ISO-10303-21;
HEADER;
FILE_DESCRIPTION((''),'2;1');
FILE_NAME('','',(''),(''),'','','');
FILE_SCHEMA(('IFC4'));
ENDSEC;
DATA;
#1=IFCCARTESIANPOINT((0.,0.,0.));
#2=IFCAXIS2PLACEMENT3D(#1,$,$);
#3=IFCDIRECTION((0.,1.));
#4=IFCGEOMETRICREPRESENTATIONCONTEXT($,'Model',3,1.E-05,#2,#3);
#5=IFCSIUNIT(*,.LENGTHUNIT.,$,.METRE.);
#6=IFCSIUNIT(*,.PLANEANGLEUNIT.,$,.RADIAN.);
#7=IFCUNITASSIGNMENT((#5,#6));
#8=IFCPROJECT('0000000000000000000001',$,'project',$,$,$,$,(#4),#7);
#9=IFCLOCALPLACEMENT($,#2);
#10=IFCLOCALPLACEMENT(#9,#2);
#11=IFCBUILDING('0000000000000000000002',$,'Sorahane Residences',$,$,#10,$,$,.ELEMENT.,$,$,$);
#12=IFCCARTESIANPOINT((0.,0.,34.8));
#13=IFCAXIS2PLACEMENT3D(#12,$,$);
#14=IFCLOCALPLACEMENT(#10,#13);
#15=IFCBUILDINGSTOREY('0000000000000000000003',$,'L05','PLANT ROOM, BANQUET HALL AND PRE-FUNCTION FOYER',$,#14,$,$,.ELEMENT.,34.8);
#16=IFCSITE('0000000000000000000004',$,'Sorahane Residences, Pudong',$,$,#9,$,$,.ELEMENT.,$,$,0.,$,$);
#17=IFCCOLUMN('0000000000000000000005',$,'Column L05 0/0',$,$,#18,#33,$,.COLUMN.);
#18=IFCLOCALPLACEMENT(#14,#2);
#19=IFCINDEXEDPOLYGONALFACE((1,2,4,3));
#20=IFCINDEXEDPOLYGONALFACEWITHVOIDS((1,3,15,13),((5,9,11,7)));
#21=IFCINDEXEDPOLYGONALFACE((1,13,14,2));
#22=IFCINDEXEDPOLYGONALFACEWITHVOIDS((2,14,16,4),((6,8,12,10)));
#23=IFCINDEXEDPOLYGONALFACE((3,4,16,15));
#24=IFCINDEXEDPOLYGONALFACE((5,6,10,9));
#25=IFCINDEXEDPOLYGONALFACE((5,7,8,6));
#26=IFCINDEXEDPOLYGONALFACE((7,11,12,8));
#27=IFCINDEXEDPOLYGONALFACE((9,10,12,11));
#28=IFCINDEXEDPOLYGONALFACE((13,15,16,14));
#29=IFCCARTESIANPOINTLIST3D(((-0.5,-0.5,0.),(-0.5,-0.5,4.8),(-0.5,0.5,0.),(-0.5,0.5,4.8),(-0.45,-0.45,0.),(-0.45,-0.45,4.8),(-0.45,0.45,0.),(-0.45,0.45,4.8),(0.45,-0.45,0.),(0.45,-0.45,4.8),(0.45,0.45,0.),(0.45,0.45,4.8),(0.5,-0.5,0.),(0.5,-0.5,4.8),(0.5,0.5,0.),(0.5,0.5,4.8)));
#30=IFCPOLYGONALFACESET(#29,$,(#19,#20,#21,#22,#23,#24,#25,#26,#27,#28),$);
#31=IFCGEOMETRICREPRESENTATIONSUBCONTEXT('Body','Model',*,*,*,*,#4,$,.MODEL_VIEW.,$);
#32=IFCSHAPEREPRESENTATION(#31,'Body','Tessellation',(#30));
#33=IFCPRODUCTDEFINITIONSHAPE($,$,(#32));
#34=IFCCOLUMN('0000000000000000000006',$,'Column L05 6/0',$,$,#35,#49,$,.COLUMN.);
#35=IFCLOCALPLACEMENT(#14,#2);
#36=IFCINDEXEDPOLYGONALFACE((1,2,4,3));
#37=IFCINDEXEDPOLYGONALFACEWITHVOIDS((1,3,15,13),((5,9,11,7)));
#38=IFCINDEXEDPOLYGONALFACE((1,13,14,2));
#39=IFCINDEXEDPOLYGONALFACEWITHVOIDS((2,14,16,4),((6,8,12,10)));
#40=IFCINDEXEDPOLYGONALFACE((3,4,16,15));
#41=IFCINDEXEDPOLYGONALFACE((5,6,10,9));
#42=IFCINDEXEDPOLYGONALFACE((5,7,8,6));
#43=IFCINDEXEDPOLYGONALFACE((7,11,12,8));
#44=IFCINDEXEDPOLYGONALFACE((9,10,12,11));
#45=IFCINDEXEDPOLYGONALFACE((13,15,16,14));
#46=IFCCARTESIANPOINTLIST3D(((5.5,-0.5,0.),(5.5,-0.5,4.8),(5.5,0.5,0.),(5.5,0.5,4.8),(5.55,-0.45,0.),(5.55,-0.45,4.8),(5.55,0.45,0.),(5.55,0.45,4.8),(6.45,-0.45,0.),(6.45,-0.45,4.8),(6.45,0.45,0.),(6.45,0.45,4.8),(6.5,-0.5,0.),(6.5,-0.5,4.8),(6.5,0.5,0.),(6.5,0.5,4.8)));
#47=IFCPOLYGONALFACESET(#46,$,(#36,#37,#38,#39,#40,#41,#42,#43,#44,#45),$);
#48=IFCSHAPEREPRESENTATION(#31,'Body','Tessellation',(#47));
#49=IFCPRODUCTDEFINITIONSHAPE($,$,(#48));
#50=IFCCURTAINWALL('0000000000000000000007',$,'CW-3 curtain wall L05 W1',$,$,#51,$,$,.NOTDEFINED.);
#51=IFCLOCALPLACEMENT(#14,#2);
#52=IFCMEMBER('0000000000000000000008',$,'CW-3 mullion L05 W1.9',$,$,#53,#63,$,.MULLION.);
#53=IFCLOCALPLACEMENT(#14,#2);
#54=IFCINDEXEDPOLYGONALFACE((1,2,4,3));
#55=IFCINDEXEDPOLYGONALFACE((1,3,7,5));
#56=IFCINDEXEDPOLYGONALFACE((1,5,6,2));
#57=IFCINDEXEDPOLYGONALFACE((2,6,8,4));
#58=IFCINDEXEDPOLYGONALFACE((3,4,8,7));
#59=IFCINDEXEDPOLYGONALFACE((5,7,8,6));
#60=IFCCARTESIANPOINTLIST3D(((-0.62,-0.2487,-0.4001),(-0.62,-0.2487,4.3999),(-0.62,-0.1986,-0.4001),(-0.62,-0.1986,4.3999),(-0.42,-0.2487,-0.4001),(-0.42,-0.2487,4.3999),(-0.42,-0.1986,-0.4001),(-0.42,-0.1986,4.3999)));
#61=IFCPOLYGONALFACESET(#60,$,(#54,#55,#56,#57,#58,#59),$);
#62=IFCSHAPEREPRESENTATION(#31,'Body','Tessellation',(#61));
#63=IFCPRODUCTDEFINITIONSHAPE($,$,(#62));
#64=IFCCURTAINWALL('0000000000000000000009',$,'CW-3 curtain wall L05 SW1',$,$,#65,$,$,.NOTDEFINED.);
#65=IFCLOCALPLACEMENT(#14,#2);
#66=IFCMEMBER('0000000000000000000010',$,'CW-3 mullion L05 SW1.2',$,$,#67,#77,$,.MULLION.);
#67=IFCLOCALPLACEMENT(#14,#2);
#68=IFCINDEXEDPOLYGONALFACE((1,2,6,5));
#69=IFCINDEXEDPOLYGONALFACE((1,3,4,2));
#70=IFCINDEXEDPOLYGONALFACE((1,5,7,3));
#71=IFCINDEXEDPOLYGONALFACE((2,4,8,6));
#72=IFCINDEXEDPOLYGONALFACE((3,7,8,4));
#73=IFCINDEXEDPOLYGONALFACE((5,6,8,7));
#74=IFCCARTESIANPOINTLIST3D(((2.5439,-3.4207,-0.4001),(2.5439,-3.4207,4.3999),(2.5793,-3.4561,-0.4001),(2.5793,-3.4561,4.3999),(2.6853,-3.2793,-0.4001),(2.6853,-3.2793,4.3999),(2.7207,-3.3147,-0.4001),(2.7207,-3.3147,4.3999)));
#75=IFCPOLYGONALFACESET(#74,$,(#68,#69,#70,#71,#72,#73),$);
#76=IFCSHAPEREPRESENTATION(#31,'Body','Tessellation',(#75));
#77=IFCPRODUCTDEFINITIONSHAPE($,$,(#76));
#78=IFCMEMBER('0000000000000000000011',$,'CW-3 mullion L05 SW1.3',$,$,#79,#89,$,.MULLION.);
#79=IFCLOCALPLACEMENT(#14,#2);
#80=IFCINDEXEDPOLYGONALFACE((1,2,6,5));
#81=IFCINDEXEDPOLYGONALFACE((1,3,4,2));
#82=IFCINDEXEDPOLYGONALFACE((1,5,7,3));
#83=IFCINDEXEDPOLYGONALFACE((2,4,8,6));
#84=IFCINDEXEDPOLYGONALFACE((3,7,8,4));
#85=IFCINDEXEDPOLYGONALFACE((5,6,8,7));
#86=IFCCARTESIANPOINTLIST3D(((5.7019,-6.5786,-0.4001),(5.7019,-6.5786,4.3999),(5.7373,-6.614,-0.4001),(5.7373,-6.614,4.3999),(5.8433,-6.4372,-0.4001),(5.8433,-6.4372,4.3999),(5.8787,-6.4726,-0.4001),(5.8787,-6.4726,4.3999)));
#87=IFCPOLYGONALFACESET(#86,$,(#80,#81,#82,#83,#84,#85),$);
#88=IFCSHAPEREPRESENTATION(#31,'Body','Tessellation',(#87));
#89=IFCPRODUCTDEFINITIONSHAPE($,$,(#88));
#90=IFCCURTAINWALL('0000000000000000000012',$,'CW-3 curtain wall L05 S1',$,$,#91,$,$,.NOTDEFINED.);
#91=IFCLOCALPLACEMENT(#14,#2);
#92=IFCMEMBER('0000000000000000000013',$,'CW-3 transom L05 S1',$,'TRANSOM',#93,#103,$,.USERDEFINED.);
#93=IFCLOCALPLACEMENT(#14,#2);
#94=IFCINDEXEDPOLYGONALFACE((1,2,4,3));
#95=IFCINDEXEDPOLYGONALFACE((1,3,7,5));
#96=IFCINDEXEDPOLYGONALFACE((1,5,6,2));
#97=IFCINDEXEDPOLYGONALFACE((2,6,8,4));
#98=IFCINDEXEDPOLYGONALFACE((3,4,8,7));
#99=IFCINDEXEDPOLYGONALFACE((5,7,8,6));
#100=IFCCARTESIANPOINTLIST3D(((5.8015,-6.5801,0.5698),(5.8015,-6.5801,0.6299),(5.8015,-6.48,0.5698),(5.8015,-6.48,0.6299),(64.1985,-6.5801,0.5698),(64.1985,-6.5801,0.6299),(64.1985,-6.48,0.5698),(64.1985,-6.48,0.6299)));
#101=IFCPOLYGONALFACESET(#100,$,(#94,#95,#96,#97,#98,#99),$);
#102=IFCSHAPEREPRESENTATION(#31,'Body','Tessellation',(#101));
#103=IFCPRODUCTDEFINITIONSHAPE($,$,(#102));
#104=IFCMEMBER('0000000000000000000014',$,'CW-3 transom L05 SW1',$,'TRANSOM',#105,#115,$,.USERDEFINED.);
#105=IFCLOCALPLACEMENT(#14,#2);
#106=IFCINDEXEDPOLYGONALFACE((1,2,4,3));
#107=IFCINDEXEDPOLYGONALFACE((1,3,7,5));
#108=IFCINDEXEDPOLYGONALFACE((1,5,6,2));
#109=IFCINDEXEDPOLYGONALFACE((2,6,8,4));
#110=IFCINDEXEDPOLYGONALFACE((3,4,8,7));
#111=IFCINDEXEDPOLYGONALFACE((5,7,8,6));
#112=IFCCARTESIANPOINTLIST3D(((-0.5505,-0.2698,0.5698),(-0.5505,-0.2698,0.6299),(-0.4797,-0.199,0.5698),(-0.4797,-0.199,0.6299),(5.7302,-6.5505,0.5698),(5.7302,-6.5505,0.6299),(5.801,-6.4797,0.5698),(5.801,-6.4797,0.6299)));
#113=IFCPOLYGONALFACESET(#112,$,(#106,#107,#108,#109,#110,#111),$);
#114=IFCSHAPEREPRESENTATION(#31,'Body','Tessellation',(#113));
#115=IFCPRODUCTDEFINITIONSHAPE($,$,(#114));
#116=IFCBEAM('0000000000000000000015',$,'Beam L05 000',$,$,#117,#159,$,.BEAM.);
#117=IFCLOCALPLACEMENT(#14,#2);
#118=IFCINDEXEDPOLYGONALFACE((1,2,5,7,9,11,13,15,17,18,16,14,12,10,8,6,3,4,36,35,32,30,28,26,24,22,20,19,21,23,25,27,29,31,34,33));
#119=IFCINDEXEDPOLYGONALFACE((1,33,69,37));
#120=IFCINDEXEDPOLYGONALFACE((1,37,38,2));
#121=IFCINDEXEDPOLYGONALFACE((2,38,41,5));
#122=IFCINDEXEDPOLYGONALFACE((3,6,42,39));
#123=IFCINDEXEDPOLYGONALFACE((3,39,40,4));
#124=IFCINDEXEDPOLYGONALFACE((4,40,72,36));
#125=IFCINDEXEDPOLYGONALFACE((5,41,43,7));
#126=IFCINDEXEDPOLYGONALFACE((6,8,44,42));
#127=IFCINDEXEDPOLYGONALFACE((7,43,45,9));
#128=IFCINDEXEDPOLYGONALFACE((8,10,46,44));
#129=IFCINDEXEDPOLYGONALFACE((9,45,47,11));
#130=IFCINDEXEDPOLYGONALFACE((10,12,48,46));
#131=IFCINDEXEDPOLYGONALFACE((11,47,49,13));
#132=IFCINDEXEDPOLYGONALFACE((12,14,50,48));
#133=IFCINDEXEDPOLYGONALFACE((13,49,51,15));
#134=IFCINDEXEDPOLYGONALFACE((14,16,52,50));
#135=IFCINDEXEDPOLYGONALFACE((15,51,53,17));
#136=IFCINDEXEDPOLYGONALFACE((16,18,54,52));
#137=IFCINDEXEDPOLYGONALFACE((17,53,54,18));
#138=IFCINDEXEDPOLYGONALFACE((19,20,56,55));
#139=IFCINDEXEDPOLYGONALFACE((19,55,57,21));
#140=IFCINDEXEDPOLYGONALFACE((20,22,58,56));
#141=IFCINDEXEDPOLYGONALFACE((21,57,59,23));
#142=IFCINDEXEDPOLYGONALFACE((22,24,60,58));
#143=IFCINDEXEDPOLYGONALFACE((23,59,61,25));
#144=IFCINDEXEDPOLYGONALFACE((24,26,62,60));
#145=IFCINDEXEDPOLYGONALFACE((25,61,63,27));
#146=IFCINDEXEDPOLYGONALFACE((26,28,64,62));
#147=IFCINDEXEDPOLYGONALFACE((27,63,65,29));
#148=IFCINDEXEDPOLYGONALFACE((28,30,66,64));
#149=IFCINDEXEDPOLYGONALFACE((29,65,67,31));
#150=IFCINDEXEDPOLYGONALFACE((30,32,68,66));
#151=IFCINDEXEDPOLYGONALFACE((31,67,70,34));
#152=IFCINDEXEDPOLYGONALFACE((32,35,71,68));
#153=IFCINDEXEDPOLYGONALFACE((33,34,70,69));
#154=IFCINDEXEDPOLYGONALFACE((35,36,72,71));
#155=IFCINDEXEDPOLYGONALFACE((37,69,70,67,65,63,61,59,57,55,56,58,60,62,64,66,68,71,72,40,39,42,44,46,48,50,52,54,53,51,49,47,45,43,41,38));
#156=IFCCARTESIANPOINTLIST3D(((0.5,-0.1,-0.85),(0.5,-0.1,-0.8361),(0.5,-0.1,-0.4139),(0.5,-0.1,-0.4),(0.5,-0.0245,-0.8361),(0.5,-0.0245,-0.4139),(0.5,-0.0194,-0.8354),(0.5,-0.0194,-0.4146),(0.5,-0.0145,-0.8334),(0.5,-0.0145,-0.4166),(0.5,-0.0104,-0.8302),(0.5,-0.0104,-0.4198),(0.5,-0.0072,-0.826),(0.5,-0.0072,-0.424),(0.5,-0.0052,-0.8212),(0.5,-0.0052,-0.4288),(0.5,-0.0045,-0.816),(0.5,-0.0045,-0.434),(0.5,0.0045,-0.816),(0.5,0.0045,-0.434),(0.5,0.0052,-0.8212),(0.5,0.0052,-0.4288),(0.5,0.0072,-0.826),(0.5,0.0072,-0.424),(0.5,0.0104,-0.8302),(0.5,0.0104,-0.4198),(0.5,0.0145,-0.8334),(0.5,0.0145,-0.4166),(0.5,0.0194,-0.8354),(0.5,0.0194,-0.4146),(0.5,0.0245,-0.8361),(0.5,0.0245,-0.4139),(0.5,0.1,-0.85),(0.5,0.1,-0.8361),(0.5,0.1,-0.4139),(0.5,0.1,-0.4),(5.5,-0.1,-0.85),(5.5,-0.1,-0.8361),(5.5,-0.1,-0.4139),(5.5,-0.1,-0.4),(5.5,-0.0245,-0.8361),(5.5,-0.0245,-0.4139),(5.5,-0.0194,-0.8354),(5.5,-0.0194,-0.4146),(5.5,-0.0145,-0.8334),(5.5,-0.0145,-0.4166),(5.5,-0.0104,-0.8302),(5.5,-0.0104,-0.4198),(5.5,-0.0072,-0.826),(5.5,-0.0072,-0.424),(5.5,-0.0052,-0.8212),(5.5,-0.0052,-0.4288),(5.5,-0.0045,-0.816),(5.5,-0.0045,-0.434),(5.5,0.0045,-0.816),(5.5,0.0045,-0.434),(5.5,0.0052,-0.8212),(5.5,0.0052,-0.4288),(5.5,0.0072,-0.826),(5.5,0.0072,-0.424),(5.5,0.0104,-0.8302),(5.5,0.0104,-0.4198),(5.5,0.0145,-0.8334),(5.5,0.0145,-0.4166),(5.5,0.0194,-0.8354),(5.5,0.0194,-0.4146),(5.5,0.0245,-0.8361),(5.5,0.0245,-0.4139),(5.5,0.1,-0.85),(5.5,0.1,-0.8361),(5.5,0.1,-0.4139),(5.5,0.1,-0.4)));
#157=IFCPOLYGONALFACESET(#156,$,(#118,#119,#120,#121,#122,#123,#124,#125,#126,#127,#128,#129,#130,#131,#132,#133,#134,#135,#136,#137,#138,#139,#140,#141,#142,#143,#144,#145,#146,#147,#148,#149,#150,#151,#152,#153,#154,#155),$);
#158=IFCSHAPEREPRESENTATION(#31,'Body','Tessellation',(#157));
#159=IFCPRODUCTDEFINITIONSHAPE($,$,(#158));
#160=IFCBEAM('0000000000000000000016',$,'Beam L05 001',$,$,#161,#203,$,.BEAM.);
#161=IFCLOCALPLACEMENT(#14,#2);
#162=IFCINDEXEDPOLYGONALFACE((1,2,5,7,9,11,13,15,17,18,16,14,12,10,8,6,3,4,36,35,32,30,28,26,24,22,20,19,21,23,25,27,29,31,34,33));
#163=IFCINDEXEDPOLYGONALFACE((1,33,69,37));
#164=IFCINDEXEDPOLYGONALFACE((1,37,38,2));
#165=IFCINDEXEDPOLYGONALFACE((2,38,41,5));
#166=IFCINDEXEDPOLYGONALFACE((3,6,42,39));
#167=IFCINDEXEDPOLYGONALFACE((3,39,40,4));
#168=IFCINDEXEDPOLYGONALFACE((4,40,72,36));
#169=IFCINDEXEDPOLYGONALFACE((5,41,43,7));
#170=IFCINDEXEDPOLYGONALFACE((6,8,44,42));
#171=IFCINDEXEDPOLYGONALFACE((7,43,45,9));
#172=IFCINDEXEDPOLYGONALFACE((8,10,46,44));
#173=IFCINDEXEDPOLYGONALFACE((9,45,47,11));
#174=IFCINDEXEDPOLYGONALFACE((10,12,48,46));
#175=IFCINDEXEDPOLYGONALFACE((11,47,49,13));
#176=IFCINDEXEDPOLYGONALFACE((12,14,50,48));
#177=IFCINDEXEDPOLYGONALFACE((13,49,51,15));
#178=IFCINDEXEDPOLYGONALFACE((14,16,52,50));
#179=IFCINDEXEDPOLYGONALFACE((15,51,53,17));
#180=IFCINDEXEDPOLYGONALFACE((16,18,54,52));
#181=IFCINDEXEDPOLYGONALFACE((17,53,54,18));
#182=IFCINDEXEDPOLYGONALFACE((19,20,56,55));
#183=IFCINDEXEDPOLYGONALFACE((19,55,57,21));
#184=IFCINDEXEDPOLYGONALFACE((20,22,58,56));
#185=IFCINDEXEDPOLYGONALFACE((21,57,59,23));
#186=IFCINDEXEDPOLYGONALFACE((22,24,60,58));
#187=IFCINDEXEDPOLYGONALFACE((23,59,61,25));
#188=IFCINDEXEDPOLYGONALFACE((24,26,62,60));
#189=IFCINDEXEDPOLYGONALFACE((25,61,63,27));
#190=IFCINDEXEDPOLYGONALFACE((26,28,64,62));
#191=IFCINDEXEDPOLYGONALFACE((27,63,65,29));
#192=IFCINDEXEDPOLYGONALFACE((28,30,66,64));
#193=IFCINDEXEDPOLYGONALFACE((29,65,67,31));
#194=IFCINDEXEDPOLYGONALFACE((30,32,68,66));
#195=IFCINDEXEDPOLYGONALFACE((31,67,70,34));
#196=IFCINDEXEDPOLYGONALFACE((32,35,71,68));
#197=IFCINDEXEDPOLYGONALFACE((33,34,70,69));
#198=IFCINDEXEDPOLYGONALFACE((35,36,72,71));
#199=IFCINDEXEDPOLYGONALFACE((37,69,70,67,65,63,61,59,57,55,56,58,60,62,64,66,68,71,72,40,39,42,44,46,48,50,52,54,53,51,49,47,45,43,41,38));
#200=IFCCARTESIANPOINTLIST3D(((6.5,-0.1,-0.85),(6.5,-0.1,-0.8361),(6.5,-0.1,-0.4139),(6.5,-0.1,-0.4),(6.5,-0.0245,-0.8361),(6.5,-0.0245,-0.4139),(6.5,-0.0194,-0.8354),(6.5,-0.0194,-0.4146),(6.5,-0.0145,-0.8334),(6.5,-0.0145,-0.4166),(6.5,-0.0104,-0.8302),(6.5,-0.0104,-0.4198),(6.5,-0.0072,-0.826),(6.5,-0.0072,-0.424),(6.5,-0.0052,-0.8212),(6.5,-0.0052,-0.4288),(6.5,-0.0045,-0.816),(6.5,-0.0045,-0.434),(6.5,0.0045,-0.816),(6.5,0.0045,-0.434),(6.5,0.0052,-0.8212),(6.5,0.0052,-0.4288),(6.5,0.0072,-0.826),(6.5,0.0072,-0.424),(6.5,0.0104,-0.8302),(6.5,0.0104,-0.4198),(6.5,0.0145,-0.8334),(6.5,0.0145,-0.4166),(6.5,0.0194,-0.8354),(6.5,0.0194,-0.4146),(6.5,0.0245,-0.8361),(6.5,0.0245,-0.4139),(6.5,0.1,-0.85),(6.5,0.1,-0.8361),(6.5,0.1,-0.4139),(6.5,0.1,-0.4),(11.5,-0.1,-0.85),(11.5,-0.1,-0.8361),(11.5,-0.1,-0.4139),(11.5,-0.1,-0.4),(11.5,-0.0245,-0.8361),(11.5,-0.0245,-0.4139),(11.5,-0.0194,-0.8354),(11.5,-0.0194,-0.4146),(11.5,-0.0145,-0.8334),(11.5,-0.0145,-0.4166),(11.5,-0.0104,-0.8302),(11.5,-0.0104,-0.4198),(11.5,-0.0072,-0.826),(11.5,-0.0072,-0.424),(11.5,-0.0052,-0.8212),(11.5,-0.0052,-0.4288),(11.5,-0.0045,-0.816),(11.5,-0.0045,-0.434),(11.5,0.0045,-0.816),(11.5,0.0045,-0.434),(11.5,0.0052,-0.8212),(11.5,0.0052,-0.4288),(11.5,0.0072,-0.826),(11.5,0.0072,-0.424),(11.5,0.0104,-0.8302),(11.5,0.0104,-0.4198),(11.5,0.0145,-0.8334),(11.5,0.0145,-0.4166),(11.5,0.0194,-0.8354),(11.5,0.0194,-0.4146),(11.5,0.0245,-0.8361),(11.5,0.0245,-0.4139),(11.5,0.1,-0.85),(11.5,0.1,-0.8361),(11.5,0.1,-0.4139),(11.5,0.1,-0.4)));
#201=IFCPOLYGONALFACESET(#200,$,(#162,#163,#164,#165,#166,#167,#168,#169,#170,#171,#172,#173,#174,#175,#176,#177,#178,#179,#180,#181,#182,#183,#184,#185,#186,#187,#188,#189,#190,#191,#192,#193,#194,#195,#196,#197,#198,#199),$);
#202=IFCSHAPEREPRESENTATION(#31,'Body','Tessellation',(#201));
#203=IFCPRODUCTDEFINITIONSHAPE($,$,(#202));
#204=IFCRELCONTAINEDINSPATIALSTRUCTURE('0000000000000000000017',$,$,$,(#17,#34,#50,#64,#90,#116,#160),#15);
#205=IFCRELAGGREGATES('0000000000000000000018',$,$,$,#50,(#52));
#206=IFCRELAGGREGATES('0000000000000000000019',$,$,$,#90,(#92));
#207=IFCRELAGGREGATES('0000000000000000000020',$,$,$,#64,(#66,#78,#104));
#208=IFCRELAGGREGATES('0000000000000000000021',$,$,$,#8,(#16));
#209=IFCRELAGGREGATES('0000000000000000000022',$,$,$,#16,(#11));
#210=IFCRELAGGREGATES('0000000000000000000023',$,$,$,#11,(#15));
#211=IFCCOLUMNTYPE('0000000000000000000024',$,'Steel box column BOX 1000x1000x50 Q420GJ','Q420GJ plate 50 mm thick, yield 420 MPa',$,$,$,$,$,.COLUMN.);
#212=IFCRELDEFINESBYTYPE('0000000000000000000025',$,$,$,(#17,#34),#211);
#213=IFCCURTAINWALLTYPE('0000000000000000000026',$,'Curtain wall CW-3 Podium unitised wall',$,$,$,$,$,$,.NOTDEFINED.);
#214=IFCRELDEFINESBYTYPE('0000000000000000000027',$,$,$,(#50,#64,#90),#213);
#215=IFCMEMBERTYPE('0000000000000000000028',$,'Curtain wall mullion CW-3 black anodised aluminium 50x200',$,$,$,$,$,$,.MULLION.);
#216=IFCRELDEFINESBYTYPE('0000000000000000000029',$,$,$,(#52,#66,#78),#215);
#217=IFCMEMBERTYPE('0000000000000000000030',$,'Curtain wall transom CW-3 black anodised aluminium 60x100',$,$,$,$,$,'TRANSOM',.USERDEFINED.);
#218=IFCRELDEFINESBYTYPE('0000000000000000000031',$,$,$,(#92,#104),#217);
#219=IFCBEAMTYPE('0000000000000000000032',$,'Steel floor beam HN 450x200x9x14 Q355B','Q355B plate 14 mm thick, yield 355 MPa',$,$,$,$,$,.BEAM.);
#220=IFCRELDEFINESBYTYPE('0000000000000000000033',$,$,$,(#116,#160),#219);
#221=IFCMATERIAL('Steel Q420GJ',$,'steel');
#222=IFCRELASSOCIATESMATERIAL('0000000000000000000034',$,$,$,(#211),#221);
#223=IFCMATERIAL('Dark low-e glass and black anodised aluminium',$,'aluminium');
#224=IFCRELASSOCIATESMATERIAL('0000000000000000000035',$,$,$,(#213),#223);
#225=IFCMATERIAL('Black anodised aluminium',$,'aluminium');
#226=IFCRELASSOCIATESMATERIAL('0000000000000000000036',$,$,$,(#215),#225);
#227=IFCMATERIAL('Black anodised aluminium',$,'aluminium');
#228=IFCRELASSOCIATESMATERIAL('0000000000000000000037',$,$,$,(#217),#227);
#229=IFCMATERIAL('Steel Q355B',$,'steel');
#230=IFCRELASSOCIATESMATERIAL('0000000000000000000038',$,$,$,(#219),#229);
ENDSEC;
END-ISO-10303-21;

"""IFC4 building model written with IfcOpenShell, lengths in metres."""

from ifc_helpers import new_model, si_unit, direction, frame, origin, origin_2d, place, context, subcontext, project, spatial, rectangle, hollow_rectangle, i_section, extrude, material, material_profile, profile_set, type_object, element, aggregate, save


model = new_model("IFC4")

# Units and contexts
model_context = context("Model", 3, precision=1e-05, world=origin(), true_north=direction((0.0, 1.0)))
body_context = subcontext(model_context, "Body", "Model", "MODEL_VIEW")
ifc_project = project(units=[si_unit("LENGTHUNIT", "METRE"), si_unit("PLANEANGLEUNIT", "RADIAN")], contexts=[model_context])

# Site, building, storey
site_placement = place(None, origin())
site = spatial("IfcSite", under=ifc_project, at=site_placement, Name="Sorahane Residences, Pudong", CompositionType="ELEMENT", RefElevation=0.0)
building_placement = place(site_placement, origin())
building = spatial("IfcBuilding", under=site, at=building_placement, Name="Sorahane Residences", CompositionType="ELEMENT")
storey_placement = place(building_placement, frame((0.0, 0.0, 34.8)))
storey = spatial("IfcBuildingStorey", under=building, at=storey_placement, Name="L05", Description="PLANT ROOM, BANQUET HALL AND PRE-FUNCTION FOYER", CompositionType="ELEMENT", Elevation=34.8)

# Columns
ifc_material_1 = material(Name="Steel Q420GJ", Category="steel")
ifc_material_profile_1 = material_profile(ifc_material_1, hollow_rectangle(XDim=1.0, YDim=1.0, WallThickness=0.05, at=origin_2d()), Name="BOX 1000x1000x50")
ifc_profile_set_1 = profile_set([ifc_material_profile_1], Name="Steel Q420GJ")
column_type = type_object("IfcColumnType", Name="Steel box column BOX 1000x1000x50 Q420GJ", Description="Q420GJ plate 50 mm thick, yield 420 MPa", PredefinedType="COLUMN", material=ifc_profile_set_1)
for number, where, z_axis, x_axis, name in (
    (1, (0.0, 0.0, 0.0), (0.0, 0.0, 1.0), (1.0, 0.0, 0.0), "Column L05 0/0"),
    (2, (6.0, 0.0, 0.0), (0.0, 0.0, 1.0), (1.0, 0.0, 0.0), "Column L05 6/0"),
):
    element("IfcColumn", number, at=place(storey_placement, frame(where, z_axis=z_axis, x_axis=x_axis)), inside=storey, type_object=column_type, Name=name, PredefinedType="COLUMN", context=body_context, shape_type="SweptSolid", body=[
        extrude(hollow_rectangle(XDim=1.0, YDim=1.0, WallThickness=0.05, at=origin_2d()), origin(), (0.0, 0.0, 1.0), 4.8),
    ])

# Curtain wall, member
ifc_material_2 = material(Name="Dark low-e glass and black anodised aluminium", Category="aluminium")
curtain_wall_type = type_object("IfcCurtainWallType", Name="Curtain wall CW-3 Podium unitised wall", PredefinedType="NOTDEFINED", material=ifc_material_2)
curtain_wall_1_placement = place(storey_placement, origin())
curtain_wall_1 = element("IfcCurtainWall", 3, at=curtain_wall_1_placement, inside=storey, type_object=curtain_wall_type, Name="CW-3 curtain wall L05 W1", PredefinedType="NOTDEFINED")
ifc_material_3 = material(Name="Black anodised aluminium", Category="aluminium")
ifc_material_profile_2 = material_profile(ifc_material_3, rectangle(XDim=0.2, YDim=0.05, at=origin_2d()), Name="Curtain wall mullion CW-3 black anodised aluminium 50x200")
ifc_profile_set_2 = profile_set([ifc_material_profile_2], Name="Black anodised aluminium")
member_type_1 = type_object("IfcMemberType", Name="Curtain wall mullion CW-3 black anodised aluminium 50x200", PredefinedType="MULLION", material=ifc_profile_set_2)
member_1_placement = place(storey_placement, frame((-0.52, -0.2236, -0.4001), z_axis=(0.0, 0.0, 1.0), x_axis=(-1.0, 0.0, 0.0)))
member_1 = element("IfcMember", 4, at=member_1_placement, type_object=member_type_1, Name="CW-3 mullion L05 W1.9", PredefinedType="MULLION", context=body_context, shape_type="SweptSolid", body=[
    extrude(rectangle(XDim=0.2, YDim=0.05, at=origin_2d()), origin(), (0.0, 0.0, 1.0), 4.8),
])
aggregate(curtain_wall_1, [member_1])

# Curtain wall, members
curtain_wall_2_placement = place(storey_placement, origin())
curtain_wall_2 = element("IfcCurtainWall", 5, at=curtain_wall_2_placement, inside=storey, type_object=curtain_wall_type, Name="CW-3 curtain wall L05 SW1", PredefinedType="NOTDEFINED")
member_2_placement = place(storey_placement, frame((2.6323, -3.3677, -0.4001), z_axis=(0.0, 0.0, 1.0), x_axis=(-0.707107, -0.707107, 0.0)))
member_2 = element("IfcMember", 6, at=member_2_placement, type_object=member_type_1, Name="CW-3 mullion L05 SW1.2", PredefinedType="MULLION", context=body_context, shape_type="SweptSolid", body=[
    extrude(rectangle(XDim=0.2, YDim=0.05, at=origin_2d()), origin(), (0.0, 0.0, 1.0), 4.8),
])
member_3_placement = place(storey_placement, frame((5.7903, -6.5256, -0.4001), z_axis=(0.0, 0.0, 1.0), x_axis=(-0.707107, -0.707107, 0.0)))
member_3 = element("IfcMember", 7, at=member_3_placement, type_object=member_type_1, Name="CW-3 mullion L05 SW1.3", PredefinedType="MULLION", context=body_context, shape_type="SweptSolid", body=[
    extrude(rectangle(XDim=0.2, YDim=0.05, at=origin_2d()), origin(), (0.0, 0.0, 1.0), 4.8),
])

# Curtain wall, member
curtain_wall_3_placement = place(storey_placement, origin())
curtain_wall_3 = element("IfcCurtainWall", 8, at=curtain_wall_3_placement, inside=storey, type_object=curtain_wall_type, Name="CW-3 curtain wall L05 S1", PredefinedType="NOTDEFINED")
ifc_material_4 = material(Name="Black anodised aluminium", Category="aluminium")
ifc_material_profile_3 = material_profile(ifc_material_4, rectangle(XDim=0.1001, YDim=0.0601, at=origin_2d()), Name="Curtain wall transom CW-3 black anodised aluminium 60x100")
ifc_profile_set_3 = profile_set([ifc_material_profile_3], Name="Black anodised aluminium")
member_type_2 = type_object("IfcMemberType", Name="Curtain wall transom CW-3 black anodised aluminium 60x100", ElementType="TRANSOM", PredefinedType="USERDEFINED", material=ifc_profile_set_3)
member_4_placement = place(storey_placement, frame((5.8015, -6.53, 0.5999), z_axis=(1.0, 0.0, 0.0), x_axis=(0.0, 1.0, 0.0)))
member_4 = element("IfcMember", 9, at=member_4_placement, type_object=member_type_2, Name="CW-3 transom L05 S1", ObjectType="TRANSOM", PredefinedType="USERDEFINED", context=body_context, shape_type="SweptSolid", body=[
    extrude(rectangle(XDim=0.1001, YDim=0.0601, at=origin_2d()), origin(), (0.0, 0.0, 1.0), 58.397),
])

# Member
member_5_placement = place(storey_placement, frame((-0.5151, -0.2344, 0.5999), z_axis=(0.707107, -0.707107, 0.0), x_axis=(0.707107, 0.707107, 0.0)))
member_5 = element("IfcMember", 10, at=member_5_placement, type_object=member_type_2, Name="CW-3 transom L05 SW1", ObjectType="TRANSOM", PredefinedType="USERDEFINED", context=body_context, shape_type="SweptSolid", body=[
    extrude(rectangle(XDim=0.1001, YDim=0.0601, at=origin_2d()), origin(), (0.0, 0.0, 1.0), 8.8823),
])

# Beams
ifc_material_5 = material(Name="Steel Q355B", Category="steel")
ifc_material_profile_4 = material_profile(ifc_material_5, i_section(OverallWidth=0.2, OverallDepth=0.45, WebThickness=0.009, FlangeThickness=0.0139, FilletRadius=0.02, at=origin_2d()), Name="HN 450x200x9x14")
ifc_profile_set_4 = profile_set([ifc_material_profile_4], Name="Steel Q355B")
beam_type_1 = type_object("IfcBeamType", Name="Steel floor beam HN 450x200x9x14 Q355B", Description="Q355B plate 14 mm thick, yield 355 MPa", PredefinedType="BEAM", material=ifc_profile_set_4)
for number, where, z_axis, x_axis, name in (
    (11, (0.5, 0.0, -0.625), (1.0, 0.0, 0.0), (0.0, 1.0, 0.0), "Beam L05 000"),
    (12, (6.5, 0.0, -0.625), (1.0, 0.0, 0.0), (0.0, 1.0, 0.0), "Beam L05 001"),
):
    element("IfcBeam", number, at=place(storey_placement, frame(where, z_axis=z_axis, x_axis=x_axis)), inside=storey, type_object=beam_type_1, Name=name, PredefinedType="BEAM", context=body_context, shape_type="SweptSolid", body=[
        extrude(i_section(OverallWidth=0.2, OverallDepth=0.45, WebThickness=0.009, FlangeThickness=0.0139, FilletRadius=0.02, at=origin_2d()), origin(), (0.0, 0.0, 1.0), 5.0),
    ])

aggregate(curtain_wall_3, [member_4])
aggregate(curtain_wall_2, [member_2, member_3, member_5])

save(model, "model.ifc")
